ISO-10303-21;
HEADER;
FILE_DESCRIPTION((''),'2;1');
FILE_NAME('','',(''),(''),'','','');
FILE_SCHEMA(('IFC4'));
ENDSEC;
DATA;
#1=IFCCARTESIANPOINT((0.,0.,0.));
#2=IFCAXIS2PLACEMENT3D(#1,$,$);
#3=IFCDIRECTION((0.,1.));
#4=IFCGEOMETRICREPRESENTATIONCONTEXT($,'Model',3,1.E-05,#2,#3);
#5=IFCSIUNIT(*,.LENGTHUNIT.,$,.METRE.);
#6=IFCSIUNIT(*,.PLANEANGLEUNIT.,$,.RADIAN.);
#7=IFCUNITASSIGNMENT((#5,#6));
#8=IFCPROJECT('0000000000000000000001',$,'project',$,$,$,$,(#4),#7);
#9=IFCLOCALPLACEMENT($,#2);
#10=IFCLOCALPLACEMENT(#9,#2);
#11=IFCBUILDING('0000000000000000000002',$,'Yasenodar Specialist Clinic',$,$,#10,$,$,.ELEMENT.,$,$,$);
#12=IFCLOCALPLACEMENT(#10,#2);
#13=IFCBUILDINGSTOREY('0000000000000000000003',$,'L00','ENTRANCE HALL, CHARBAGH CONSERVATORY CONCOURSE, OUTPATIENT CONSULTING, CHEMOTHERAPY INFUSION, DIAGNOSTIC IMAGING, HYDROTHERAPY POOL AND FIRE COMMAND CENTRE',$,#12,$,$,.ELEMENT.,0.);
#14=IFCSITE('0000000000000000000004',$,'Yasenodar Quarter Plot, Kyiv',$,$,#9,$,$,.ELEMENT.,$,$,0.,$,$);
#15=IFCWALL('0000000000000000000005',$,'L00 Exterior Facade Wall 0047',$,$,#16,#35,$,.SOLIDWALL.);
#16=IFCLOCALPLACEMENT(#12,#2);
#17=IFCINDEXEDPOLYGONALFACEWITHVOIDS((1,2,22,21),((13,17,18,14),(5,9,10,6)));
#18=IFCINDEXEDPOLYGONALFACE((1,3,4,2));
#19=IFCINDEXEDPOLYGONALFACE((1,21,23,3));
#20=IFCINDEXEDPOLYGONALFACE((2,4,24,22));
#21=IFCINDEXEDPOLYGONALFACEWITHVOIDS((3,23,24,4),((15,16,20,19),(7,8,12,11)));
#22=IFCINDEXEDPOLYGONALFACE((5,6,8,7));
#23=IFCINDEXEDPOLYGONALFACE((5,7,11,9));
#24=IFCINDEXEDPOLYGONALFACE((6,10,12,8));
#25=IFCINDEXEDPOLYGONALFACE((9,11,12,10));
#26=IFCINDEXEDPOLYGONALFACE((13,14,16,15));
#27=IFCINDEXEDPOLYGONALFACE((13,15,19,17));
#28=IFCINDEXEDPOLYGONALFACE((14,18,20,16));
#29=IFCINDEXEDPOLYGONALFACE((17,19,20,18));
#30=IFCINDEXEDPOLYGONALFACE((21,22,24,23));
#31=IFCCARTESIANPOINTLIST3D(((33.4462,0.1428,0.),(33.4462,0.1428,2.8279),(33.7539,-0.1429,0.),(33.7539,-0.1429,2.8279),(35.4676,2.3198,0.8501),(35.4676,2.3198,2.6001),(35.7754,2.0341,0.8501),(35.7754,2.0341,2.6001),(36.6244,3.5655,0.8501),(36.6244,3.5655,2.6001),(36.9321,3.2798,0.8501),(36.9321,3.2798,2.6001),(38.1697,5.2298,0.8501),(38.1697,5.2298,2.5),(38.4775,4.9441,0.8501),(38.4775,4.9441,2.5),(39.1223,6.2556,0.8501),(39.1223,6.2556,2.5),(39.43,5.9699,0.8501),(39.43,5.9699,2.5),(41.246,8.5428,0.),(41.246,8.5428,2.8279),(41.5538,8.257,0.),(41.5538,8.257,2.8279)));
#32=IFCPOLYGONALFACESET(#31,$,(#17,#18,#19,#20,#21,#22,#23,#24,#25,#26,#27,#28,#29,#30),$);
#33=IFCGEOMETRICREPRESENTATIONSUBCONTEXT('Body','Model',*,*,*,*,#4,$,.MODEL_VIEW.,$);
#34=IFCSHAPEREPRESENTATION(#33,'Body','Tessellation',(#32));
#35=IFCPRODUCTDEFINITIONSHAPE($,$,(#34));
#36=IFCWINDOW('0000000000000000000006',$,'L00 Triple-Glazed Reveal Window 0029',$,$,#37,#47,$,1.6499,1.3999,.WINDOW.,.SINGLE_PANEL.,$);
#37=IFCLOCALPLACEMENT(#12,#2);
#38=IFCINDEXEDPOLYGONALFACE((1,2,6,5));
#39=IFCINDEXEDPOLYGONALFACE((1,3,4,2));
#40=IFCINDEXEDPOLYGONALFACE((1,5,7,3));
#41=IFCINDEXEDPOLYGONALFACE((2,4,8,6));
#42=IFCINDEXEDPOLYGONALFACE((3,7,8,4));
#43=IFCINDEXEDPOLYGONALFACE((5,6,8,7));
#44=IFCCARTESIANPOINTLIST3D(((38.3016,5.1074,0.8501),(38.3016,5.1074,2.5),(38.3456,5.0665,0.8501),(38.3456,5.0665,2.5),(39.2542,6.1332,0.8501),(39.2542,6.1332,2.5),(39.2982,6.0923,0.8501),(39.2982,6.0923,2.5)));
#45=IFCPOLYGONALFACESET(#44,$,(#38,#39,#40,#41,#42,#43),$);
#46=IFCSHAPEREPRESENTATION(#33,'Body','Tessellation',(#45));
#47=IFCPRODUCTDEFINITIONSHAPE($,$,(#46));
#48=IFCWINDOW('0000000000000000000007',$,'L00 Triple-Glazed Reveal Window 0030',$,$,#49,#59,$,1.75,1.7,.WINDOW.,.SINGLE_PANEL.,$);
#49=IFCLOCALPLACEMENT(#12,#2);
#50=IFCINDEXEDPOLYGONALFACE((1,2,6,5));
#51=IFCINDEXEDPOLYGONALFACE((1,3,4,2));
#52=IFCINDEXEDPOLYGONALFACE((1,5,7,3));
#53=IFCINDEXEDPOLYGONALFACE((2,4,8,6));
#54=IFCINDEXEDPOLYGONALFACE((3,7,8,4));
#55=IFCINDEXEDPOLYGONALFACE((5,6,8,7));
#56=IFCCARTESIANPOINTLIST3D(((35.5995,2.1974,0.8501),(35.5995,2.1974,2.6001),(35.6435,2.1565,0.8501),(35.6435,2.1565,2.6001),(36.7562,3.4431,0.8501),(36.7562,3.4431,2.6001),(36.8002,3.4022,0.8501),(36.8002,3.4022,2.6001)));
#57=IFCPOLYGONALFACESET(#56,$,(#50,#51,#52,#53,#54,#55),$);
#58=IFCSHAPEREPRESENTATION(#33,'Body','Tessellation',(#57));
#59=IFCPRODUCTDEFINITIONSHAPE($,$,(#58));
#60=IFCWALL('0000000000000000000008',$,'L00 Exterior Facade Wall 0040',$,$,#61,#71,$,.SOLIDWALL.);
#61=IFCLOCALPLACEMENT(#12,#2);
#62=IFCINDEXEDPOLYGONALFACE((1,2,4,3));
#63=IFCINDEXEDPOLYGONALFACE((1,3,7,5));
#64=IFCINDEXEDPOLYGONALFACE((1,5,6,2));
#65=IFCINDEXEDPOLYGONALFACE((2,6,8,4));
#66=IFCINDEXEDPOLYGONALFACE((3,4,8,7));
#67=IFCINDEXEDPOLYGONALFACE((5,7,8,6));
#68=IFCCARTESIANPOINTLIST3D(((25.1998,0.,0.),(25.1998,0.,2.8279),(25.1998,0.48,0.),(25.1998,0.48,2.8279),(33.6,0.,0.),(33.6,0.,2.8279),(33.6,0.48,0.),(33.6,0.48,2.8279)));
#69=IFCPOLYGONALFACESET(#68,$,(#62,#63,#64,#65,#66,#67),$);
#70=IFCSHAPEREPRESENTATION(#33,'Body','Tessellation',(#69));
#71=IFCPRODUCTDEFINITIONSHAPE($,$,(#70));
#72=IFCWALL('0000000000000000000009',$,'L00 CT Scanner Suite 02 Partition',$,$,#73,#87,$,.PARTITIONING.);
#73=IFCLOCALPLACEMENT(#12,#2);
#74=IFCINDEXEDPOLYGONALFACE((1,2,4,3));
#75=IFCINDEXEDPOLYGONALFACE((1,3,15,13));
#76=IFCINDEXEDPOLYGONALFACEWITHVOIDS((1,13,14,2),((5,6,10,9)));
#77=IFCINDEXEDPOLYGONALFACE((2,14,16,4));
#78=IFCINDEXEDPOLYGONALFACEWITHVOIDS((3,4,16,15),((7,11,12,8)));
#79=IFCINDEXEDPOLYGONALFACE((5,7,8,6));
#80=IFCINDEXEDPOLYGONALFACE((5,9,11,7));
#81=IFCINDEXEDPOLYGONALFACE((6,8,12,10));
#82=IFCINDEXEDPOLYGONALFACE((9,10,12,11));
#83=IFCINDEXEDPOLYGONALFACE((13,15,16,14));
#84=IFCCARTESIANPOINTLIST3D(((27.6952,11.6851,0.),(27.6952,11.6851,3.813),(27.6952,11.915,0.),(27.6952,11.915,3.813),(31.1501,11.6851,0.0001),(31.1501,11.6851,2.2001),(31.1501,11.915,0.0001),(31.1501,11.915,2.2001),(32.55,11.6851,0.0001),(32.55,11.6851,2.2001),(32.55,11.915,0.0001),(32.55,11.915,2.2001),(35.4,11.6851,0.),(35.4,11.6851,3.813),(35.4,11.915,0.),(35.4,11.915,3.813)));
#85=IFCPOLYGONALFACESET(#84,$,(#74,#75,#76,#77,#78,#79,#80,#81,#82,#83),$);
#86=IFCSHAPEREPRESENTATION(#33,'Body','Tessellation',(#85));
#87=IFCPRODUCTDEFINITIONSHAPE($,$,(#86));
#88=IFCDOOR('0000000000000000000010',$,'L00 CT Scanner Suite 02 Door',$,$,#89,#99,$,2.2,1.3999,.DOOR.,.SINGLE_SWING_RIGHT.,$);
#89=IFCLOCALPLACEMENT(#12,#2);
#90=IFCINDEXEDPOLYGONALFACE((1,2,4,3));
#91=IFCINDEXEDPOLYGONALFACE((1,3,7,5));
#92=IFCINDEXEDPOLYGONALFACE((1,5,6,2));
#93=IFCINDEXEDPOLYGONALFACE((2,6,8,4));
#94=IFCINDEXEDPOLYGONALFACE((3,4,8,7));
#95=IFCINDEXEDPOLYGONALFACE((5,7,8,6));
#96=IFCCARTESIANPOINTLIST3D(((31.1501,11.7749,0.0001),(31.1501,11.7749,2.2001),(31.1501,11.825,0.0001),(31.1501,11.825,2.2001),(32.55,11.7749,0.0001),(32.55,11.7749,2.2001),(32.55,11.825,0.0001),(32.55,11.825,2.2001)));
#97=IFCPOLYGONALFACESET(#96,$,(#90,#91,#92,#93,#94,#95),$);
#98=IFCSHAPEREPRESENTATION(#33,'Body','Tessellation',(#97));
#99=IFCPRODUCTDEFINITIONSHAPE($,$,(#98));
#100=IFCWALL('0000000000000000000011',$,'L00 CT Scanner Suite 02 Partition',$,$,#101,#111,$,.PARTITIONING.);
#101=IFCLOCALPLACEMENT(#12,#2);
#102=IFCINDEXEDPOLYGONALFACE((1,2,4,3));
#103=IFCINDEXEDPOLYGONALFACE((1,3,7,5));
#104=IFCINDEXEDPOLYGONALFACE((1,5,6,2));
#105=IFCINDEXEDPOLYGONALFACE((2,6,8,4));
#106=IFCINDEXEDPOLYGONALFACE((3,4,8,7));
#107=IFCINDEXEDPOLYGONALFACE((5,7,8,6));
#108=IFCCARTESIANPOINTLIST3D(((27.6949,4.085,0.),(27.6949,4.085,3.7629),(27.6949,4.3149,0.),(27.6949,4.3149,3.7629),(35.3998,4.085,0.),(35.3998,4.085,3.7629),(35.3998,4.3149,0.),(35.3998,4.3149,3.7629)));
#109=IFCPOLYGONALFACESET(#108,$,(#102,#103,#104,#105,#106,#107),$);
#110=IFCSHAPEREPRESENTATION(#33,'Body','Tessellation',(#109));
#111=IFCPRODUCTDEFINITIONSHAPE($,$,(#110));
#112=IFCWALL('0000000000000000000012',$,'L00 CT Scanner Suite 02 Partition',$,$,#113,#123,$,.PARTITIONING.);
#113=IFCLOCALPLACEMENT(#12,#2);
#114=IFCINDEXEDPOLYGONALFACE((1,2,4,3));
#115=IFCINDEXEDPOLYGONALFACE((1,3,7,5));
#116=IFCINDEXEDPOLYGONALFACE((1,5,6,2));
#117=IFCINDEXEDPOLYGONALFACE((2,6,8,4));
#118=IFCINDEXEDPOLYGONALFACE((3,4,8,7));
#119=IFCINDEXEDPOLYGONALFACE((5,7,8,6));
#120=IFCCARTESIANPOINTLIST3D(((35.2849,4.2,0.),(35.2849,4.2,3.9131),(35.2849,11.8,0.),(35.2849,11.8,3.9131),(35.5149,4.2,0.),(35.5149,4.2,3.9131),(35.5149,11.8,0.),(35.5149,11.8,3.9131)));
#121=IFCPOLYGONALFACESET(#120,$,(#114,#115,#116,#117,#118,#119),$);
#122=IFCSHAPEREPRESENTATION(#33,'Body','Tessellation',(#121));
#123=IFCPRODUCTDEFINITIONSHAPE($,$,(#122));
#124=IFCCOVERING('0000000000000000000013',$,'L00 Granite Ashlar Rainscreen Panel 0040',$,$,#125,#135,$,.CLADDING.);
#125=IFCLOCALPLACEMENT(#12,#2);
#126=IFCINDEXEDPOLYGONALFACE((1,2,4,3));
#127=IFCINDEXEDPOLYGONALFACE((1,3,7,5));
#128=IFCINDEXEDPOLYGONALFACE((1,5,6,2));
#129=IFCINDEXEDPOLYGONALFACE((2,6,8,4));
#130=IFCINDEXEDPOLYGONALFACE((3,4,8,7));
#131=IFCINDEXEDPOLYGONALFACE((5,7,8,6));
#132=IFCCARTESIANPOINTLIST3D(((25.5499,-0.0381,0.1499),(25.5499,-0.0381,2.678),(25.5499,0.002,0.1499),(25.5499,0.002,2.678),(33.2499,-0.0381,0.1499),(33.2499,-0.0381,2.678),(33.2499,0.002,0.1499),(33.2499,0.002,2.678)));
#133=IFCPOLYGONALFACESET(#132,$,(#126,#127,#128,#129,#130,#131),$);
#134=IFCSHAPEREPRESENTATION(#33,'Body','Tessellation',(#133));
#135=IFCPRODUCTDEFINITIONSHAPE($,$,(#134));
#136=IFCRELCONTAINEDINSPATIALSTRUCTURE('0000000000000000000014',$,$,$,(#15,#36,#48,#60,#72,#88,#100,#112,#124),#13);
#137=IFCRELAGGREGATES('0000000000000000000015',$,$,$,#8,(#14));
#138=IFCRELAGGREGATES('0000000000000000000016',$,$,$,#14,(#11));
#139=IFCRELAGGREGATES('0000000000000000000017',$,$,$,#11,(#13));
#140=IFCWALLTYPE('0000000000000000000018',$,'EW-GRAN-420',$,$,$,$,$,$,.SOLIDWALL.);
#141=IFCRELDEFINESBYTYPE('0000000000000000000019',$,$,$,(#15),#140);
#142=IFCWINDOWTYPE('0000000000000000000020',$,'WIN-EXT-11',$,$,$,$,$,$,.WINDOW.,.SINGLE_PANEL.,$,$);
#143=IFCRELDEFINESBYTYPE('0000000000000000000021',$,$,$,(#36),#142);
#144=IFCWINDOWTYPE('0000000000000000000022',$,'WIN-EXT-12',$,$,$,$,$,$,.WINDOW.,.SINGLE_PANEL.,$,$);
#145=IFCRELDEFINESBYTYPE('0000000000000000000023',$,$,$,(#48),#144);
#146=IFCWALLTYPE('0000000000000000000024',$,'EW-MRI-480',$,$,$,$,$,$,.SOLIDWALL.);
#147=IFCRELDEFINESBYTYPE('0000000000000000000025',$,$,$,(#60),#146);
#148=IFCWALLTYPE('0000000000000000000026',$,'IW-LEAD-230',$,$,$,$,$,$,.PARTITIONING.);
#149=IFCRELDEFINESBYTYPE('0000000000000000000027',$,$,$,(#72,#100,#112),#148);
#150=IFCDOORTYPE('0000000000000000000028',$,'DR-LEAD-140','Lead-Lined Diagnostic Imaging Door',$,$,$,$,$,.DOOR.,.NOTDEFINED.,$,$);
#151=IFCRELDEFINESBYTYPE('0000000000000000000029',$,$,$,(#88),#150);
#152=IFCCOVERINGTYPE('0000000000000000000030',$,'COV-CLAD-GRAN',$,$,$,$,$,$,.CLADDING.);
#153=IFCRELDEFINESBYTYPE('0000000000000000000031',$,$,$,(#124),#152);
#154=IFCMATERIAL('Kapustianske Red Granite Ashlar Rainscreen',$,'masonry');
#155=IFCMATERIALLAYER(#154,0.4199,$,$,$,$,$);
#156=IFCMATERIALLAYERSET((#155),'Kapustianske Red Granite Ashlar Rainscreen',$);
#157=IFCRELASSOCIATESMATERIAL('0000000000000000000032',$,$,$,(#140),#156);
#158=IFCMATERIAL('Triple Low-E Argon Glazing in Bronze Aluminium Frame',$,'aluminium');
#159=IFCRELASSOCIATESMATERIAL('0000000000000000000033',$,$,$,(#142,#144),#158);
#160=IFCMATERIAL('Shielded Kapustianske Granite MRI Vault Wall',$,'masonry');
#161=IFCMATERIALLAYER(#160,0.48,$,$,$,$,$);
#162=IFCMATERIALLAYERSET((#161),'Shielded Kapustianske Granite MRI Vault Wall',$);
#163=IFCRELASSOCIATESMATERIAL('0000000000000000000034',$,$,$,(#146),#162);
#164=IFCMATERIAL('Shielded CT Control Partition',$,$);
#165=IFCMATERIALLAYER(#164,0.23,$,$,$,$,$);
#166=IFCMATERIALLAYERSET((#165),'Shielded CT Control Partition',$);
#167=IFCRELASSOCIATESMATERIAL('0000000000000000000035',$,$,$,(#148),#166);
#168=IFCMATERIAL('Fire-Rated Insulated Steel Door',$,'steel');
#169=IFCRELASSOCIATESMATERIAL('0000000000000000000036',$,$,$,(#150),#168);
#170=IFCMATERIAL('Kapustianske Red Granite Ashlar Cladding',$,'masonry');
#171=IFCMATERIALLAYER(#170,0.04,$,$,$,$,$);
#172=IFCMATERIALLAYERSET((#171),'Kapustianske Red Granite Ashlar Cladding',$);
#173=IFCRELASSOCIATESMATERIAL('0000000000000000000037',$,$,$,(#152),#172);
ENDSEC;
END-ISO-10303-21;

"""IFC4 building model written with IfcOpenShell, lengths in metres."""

from ifc_helpers import new_model, si_unit, direction, frame, frame_2d, origin, origin_2d, place, context, subcontext, project, spatial, rectangle, extrude, material, layer, layer_set, type_object, element, fill, save


model = new_model("IFC4")

# Units and contexts
model_context = context("Model", 3, precision=1e-05, world=origin(), true_north=direction((0.0, 1.0)))
body_context = subcontext(model_context, "Body", "Model", "MODEL_VIEW")
ifc_project = project(units=[si_unit("LENGTHUNIT", "METRE"), si_unit("PLANEANGLEUNIT", "RADIAN")], contexts=[model_context])

# Site, building, storey
site_placement = place(None, origin())
site = spatial("IfcSite", under=ifc_project, at=site_placement, Name="Yasenodar Quarter Plot, Kyiv", CompositionType="ELEMENT", RefElevation=0.0)
building_placement = place(site_placement, origin())
building = spatial("IfcBuilding", under=site, at=building_placement, Name="Yasenodar Specialist Clinic", CompositionType="ELEMENT")
storey_placement = place(building_placement, origin())
storey = spatial("IfcBuildingStorey", under=building, at=storey_placement, Name="L00", Description="ENTRANCE HALL, CHARBAGH CONSERVATORY CONCOURSE, OUTPATIENT CONSULTING, CHEMOTHERAPY INFUSION, DIAGNOSTIC IMAGING, HYDROTHERAPY POOL AND FIRE COMMAND CENTRE", CompositionType="ELEMENT", Elevation=0.0)

# Wall, openings, windows
ifc_material_1 = material(Name="Kapustianske Red Granite Ashlar Rainscreen", Category="masonry")
ifc_layer_1 = layer(ifc_material_1, 0.4199)
ifc_layer_set_1 = layer_set([ifc_layer_1], Name="Kapustianske Red Granite Ashlar Rainscreen")
wall_type_1 = type_object("IfcWallType", Name="EW-GRAN-420", PredefinedType="SOLIDWALL", material=ifc_layer_set_1)
wall_1_placement = place(storey_placement, frame((41.3999, 8.3999, 0.0), z_axis=(0.0, 0.0, 1.0), x_axis=(-0.680446, -0.732798, 0.0)))
wall_1 = element("IfcWall", 1, at=wall_1_placement, inside=storey, type_object=wall_type_1, Name="L00 Exterior Facade Wall 0047", PredefinedType="SOLIDWALL", context=body_context, shape_type="SweptSolid", body=[
    extrude(rectangle(XDim=11.4629, YDim=0.4199, at=frame_2d((5.7314, 0.0))), origin(), (0.0, 0.0, 1.0), 2.8279),
])
opening_1_placement = place(wall_1_placement, frame((3.1211, 0.0, 0.8501)))
opening_1 = element("IfcOpeningElement", 2, at=opening_1_placement, cuts=wall_1, PredefinedType="OPENING", context=body_context, shape_type="SweptSolid", body=[
    extrude(rectangle(XDim=1.3999, YDim=1.6499, at=frame_2d((0.7, 0.825))), frame((0.0, 0.22, 0.0), z_axis=(0.0, -1.0, 0.0), x_axis=(1.0, 0.0, 0.0)), (0.0, 0.0, 1.0), 0.4399),
])
opening_2_placement = place(wall_1_placement, frame((6.792, 0.0, 0.8501)))
opening_2 = element("IfcOpeningElement", 3, at=opening_2_placement, cuts=wall_1, PredefinedType="OPENING", context=body_context, shape_type="SweptSolid", body=[
    extrude(rectangle(XDim=1.7, YDim=1.75, at=frame_2d((0.8501, 0.875))), frame((0.0, 0.22, 0.0), z_axis=(0.0, -1.0, 0.0), x_axis=(1.0, 0.0, 0.0)), (0.0, 0.0, 1.0), 0.4399),
])
ifc_material_2 = material(Name="Triple Low-E Argon Glazing in Bronze Aluminium Frame", Category="aluminium")
window_type_1 = type_object("IfcWindowType", Name="WIN-EXT-11", PartitioningType="SINGLE_PANEL", PredefinedType="WINDOW", material=ifc_material_2)
window_1_placement = place(opening_1_placement, origin())
window_1 = element("IfcWindow", 4, at=window_1_placement, inside=storey, type_object=window_type_1, Name="L00 Triple-Glazed Reveal Window 0029", OverallHeight=1.6499, OverallWidth=1.3999, PartitioningType="SINGLE_PANEL", PredefinedType="WINDOW", context=body_context, shape_type="SweptSolid", body=[
    extrude(rectangle(XDim=1.3999, YDim=1.6499, at=frame_2d((0.7, 0.825))), frame((0.0, 0.03, 0.0), z_axis=(0.0, -1.0, 0.0), x_axis=(1.0, 0.0, 0.0)), (0.0, 0.0, 1.0), 0.0601),
])
fill(opening_1, window_1)
window_type_2 = type_object("IfcWindowType", Name="WIN-EXT-12", PartitioningType="SINGLE_PANEL", PredefinedType="WINDOW", material=ifc_material_2)
window_2_placement = place(opening_2_placement, origin())
window_2 = element("IfcWindow", 5, at=window_2_placement, inside=storey, type_object=window_type_2, Name="L00 Triple-Glazed Reveal Window 0030", OverallHeight=1.75, OverallWidth=1.7, PartitioningType="SINGLE_PANEL", PredefinedType="WINDOW", context=body_context, shape_type="SweptSolid", body=[
    extrude(rectangle(XDim=1.7, YDim=1.75, at=frame_2d((0.8501, 0.875))), frame((0.0, 0.03, 0.0), z_axis=(0.0, -1.0, 0.0), x_axis=(1.0, 0.0, 0.0)), (0.0, 0.0, 1.0), 0.0601),
])
fill(opening_2, window_2)

# Wall
ifc_material_3 = material(Name="Shielded Kapustianske Granite MRI Vault Wall", Category="masonry")
ifc_layer_2 = layer(ifc_material_3, 0.48)
ifc_layer_set_2 = layer_set([ifc_layer_2], Name="Shielded Kapustianske Granite MRI Vault Wall")
wall_type_2 = type_object("IfcWallType", Name="EW-MRI-480", PredefinedType="SOLIDWALL", material=ifc_layer_set_2)
wall_2_placement = place(storey_placement, frame((33.6001, 0.24, 0.0), z_axis=(0.0, 0.0, 1.0), x_axis=(-1.0, 0.0, 0.0)))
element("IfcWall", 6, at=wall_2_placement, inside=storey, type_object=wall_type_2, Name="L00 Exterior Facade Wall 0040", PredefinedType="SOLIDWALL", context=body_context, shape_type="SweptSolid", body=[
    extrude(rectangle(XDim=8.4001, YDim=0.48, at=frame_2d((4.2002, 0.0))), origin(), (0.0, 0.0, 1.0), 2.8279),
])

# Wall, opening, door
ifc_material_4 = material(Name="Shielded CT Control Partition")
ifc_layer_3 = layer(ifc_material_4, 0.23)
ifc_layer_set_3 = layer_set([ifc_layer_3], Name="Shielded CT Control Partition")
wall_type_3 = type_object("IfcWallType", Name="IW-LEAD-230", PredefinedType="PARTITIONING", material=ifc_layer_set_3)
wall_3_placement = place(storey_placement, frame((27.6951, 11.8, 0.0), z_axis=(0.0, 0.0, 1.0), x_axis=(1.0, 0.0, 0.0)))
wall_3 = element("IfcWall", 7, at=wall_3_placement, inside=storey, type_object=wall_type_3, Name="L00 CT Scanner Suite 02 Partition", PredefinedType="PARTITIONING", context=body_context, shape_type="SweptSolid", body=[
    extrude(rectangle(XDim=7.7048, YDim=0.23, at=frame_2d((3.8525, 0.0))), origin(), (0.0, 0.0, 1.0), 3.813),
])
opening_3_placement = place(wall_3_placement, frame((3.4551, 0.0, 0.0)))
opening_3 = element("IfcOpeningElement", 8, at=opening_3_placement, cuts=wall_3, PredefinedType="OPENING", context=body_context, shape_type="SweptSolid", body=[
    extrude(rectangle(XDim=1.3999, YDim=2.2, at=frame_2d((0.7, 1.1001))), frame((0.0, 0.125, 0.0), z_axis=(0.0, -1.0, 0.0), x_axis=(1.0, 0.0, 0.0)), (0.0, 0.0, 1.0), 0.25),
])
ifc_material_5 = material(Name="Fire-Rated Insulated Steel Door", Category="steel")
door_type = type_object("IfcDoorType", Name="DR-LEAD-140", Description="Lead-Lined Diagnostic Imaging Door", OperationType="NOTDEFINED", PredefinedType="DOOR", material=ifc_material_5)
door_placement = place(opening_3_placement, origin())
door = element("IfcDoor", 9, at=door_placement, inside=storey, type_object=door_type, Name="L00 CT Scanner Suite 02 Door", OperationType="SINGLE_SWING_RIGHT", OverallHeight=2.2, OverallWidth=1.3999, PredefinedType="DOOR", context=body_context, shape_type="SweptSolid", body=[
    extrude(rectangle(XDim=1.3999, YDim=2.2, at=frame_2d((0.7, 1.1001))), frame((0.0, 0.0249, 0.0), z_axis=(0.0, -1.0, 0.0), x_axis=(1.0, 0.0, 0.0)), (0.0, 0.0, 1.0), 0.05),
])
fill(opening_3, door)

# Walls
wall_4_placement = place(storey_placement, frame((35.3999, 4.2, 0.0), z_axis=(0.0, 0.0, 1.0), x_axis=(-1.0, 0.0, 0.0)))
element("IfcWall", 10, at=wall_4_placement, inside=storey, type_object=wall_type_3, Name="L00 CT Scanner Suite 02 Partition", PredefinedType="PARTITIONING", context=body_context, shape_type="SweptSolid", body=[
    extrude(rectangle(XDim=7.7048, YDim=0.23, at=frame_2d((3.8525, 0.0))), origin(), (0.0, 0.0, 1.0), 3.7629),
])
wall_5_placement = place(storey_placement, frame((35.3999, 11.8, 0.0), z_axis=(0.0, 0.0, 1.0), x_axis=(0.0, -1.0, 0.0)))
element("IfcWall", 11, at=wall_5_placement, inside=storey, type_object=wall_type_3, Name="L00 CT Scanner Suite 02 Partition", PredefinedType="PARTITIONING", context=body_context, shape_type="SweptSolid", body=[
    extrude(rectangle(XDim=7.6001, YDim=0.23, at=frame_2d((3.8, 0.0))), origin(), (0.0, 0.0, 1.0), 3.9131),
])

# Covering
ifc_material_6 = material(Name="Kapustianske Red Granite Ashlar Cladding", Category="masonry")
ifc_layer_4 = layer(ifc_material_6, 0.04)
ifc_layer_set_4 = layer_set([ifc_layer_4], Name="Kapustianske Red Granite Ashlar Cladding")
covering_type = type_object("IfcCoveringType", Name="COV-CLAD-GRAN", PredefinedType="CLADDING", material=ifc_layer_set_4)
covering_placement = place(storey_placement, frame((29.3999, -0.0181, 0.1499), z_axis=(0.0, 0.0, 1.0), x_axis=(-1.0, 0.0, 0.0)))
element("IfcCovering", 12, at=covering_placement, inside=storey, type_object=covering_type, Name="L00 Granite Ashlar Rainscreen Panel 0040", PredefinedType="CLADDING", context=body_context, shape_type="SweptSolid", body=[
    extrude(rectangle(XDim=7.7, YDim=0.04, at=origin_2d()), origin(), (0.0, 0.0, 1.0), 2.5281),
])

save(model, "model.ifc")
